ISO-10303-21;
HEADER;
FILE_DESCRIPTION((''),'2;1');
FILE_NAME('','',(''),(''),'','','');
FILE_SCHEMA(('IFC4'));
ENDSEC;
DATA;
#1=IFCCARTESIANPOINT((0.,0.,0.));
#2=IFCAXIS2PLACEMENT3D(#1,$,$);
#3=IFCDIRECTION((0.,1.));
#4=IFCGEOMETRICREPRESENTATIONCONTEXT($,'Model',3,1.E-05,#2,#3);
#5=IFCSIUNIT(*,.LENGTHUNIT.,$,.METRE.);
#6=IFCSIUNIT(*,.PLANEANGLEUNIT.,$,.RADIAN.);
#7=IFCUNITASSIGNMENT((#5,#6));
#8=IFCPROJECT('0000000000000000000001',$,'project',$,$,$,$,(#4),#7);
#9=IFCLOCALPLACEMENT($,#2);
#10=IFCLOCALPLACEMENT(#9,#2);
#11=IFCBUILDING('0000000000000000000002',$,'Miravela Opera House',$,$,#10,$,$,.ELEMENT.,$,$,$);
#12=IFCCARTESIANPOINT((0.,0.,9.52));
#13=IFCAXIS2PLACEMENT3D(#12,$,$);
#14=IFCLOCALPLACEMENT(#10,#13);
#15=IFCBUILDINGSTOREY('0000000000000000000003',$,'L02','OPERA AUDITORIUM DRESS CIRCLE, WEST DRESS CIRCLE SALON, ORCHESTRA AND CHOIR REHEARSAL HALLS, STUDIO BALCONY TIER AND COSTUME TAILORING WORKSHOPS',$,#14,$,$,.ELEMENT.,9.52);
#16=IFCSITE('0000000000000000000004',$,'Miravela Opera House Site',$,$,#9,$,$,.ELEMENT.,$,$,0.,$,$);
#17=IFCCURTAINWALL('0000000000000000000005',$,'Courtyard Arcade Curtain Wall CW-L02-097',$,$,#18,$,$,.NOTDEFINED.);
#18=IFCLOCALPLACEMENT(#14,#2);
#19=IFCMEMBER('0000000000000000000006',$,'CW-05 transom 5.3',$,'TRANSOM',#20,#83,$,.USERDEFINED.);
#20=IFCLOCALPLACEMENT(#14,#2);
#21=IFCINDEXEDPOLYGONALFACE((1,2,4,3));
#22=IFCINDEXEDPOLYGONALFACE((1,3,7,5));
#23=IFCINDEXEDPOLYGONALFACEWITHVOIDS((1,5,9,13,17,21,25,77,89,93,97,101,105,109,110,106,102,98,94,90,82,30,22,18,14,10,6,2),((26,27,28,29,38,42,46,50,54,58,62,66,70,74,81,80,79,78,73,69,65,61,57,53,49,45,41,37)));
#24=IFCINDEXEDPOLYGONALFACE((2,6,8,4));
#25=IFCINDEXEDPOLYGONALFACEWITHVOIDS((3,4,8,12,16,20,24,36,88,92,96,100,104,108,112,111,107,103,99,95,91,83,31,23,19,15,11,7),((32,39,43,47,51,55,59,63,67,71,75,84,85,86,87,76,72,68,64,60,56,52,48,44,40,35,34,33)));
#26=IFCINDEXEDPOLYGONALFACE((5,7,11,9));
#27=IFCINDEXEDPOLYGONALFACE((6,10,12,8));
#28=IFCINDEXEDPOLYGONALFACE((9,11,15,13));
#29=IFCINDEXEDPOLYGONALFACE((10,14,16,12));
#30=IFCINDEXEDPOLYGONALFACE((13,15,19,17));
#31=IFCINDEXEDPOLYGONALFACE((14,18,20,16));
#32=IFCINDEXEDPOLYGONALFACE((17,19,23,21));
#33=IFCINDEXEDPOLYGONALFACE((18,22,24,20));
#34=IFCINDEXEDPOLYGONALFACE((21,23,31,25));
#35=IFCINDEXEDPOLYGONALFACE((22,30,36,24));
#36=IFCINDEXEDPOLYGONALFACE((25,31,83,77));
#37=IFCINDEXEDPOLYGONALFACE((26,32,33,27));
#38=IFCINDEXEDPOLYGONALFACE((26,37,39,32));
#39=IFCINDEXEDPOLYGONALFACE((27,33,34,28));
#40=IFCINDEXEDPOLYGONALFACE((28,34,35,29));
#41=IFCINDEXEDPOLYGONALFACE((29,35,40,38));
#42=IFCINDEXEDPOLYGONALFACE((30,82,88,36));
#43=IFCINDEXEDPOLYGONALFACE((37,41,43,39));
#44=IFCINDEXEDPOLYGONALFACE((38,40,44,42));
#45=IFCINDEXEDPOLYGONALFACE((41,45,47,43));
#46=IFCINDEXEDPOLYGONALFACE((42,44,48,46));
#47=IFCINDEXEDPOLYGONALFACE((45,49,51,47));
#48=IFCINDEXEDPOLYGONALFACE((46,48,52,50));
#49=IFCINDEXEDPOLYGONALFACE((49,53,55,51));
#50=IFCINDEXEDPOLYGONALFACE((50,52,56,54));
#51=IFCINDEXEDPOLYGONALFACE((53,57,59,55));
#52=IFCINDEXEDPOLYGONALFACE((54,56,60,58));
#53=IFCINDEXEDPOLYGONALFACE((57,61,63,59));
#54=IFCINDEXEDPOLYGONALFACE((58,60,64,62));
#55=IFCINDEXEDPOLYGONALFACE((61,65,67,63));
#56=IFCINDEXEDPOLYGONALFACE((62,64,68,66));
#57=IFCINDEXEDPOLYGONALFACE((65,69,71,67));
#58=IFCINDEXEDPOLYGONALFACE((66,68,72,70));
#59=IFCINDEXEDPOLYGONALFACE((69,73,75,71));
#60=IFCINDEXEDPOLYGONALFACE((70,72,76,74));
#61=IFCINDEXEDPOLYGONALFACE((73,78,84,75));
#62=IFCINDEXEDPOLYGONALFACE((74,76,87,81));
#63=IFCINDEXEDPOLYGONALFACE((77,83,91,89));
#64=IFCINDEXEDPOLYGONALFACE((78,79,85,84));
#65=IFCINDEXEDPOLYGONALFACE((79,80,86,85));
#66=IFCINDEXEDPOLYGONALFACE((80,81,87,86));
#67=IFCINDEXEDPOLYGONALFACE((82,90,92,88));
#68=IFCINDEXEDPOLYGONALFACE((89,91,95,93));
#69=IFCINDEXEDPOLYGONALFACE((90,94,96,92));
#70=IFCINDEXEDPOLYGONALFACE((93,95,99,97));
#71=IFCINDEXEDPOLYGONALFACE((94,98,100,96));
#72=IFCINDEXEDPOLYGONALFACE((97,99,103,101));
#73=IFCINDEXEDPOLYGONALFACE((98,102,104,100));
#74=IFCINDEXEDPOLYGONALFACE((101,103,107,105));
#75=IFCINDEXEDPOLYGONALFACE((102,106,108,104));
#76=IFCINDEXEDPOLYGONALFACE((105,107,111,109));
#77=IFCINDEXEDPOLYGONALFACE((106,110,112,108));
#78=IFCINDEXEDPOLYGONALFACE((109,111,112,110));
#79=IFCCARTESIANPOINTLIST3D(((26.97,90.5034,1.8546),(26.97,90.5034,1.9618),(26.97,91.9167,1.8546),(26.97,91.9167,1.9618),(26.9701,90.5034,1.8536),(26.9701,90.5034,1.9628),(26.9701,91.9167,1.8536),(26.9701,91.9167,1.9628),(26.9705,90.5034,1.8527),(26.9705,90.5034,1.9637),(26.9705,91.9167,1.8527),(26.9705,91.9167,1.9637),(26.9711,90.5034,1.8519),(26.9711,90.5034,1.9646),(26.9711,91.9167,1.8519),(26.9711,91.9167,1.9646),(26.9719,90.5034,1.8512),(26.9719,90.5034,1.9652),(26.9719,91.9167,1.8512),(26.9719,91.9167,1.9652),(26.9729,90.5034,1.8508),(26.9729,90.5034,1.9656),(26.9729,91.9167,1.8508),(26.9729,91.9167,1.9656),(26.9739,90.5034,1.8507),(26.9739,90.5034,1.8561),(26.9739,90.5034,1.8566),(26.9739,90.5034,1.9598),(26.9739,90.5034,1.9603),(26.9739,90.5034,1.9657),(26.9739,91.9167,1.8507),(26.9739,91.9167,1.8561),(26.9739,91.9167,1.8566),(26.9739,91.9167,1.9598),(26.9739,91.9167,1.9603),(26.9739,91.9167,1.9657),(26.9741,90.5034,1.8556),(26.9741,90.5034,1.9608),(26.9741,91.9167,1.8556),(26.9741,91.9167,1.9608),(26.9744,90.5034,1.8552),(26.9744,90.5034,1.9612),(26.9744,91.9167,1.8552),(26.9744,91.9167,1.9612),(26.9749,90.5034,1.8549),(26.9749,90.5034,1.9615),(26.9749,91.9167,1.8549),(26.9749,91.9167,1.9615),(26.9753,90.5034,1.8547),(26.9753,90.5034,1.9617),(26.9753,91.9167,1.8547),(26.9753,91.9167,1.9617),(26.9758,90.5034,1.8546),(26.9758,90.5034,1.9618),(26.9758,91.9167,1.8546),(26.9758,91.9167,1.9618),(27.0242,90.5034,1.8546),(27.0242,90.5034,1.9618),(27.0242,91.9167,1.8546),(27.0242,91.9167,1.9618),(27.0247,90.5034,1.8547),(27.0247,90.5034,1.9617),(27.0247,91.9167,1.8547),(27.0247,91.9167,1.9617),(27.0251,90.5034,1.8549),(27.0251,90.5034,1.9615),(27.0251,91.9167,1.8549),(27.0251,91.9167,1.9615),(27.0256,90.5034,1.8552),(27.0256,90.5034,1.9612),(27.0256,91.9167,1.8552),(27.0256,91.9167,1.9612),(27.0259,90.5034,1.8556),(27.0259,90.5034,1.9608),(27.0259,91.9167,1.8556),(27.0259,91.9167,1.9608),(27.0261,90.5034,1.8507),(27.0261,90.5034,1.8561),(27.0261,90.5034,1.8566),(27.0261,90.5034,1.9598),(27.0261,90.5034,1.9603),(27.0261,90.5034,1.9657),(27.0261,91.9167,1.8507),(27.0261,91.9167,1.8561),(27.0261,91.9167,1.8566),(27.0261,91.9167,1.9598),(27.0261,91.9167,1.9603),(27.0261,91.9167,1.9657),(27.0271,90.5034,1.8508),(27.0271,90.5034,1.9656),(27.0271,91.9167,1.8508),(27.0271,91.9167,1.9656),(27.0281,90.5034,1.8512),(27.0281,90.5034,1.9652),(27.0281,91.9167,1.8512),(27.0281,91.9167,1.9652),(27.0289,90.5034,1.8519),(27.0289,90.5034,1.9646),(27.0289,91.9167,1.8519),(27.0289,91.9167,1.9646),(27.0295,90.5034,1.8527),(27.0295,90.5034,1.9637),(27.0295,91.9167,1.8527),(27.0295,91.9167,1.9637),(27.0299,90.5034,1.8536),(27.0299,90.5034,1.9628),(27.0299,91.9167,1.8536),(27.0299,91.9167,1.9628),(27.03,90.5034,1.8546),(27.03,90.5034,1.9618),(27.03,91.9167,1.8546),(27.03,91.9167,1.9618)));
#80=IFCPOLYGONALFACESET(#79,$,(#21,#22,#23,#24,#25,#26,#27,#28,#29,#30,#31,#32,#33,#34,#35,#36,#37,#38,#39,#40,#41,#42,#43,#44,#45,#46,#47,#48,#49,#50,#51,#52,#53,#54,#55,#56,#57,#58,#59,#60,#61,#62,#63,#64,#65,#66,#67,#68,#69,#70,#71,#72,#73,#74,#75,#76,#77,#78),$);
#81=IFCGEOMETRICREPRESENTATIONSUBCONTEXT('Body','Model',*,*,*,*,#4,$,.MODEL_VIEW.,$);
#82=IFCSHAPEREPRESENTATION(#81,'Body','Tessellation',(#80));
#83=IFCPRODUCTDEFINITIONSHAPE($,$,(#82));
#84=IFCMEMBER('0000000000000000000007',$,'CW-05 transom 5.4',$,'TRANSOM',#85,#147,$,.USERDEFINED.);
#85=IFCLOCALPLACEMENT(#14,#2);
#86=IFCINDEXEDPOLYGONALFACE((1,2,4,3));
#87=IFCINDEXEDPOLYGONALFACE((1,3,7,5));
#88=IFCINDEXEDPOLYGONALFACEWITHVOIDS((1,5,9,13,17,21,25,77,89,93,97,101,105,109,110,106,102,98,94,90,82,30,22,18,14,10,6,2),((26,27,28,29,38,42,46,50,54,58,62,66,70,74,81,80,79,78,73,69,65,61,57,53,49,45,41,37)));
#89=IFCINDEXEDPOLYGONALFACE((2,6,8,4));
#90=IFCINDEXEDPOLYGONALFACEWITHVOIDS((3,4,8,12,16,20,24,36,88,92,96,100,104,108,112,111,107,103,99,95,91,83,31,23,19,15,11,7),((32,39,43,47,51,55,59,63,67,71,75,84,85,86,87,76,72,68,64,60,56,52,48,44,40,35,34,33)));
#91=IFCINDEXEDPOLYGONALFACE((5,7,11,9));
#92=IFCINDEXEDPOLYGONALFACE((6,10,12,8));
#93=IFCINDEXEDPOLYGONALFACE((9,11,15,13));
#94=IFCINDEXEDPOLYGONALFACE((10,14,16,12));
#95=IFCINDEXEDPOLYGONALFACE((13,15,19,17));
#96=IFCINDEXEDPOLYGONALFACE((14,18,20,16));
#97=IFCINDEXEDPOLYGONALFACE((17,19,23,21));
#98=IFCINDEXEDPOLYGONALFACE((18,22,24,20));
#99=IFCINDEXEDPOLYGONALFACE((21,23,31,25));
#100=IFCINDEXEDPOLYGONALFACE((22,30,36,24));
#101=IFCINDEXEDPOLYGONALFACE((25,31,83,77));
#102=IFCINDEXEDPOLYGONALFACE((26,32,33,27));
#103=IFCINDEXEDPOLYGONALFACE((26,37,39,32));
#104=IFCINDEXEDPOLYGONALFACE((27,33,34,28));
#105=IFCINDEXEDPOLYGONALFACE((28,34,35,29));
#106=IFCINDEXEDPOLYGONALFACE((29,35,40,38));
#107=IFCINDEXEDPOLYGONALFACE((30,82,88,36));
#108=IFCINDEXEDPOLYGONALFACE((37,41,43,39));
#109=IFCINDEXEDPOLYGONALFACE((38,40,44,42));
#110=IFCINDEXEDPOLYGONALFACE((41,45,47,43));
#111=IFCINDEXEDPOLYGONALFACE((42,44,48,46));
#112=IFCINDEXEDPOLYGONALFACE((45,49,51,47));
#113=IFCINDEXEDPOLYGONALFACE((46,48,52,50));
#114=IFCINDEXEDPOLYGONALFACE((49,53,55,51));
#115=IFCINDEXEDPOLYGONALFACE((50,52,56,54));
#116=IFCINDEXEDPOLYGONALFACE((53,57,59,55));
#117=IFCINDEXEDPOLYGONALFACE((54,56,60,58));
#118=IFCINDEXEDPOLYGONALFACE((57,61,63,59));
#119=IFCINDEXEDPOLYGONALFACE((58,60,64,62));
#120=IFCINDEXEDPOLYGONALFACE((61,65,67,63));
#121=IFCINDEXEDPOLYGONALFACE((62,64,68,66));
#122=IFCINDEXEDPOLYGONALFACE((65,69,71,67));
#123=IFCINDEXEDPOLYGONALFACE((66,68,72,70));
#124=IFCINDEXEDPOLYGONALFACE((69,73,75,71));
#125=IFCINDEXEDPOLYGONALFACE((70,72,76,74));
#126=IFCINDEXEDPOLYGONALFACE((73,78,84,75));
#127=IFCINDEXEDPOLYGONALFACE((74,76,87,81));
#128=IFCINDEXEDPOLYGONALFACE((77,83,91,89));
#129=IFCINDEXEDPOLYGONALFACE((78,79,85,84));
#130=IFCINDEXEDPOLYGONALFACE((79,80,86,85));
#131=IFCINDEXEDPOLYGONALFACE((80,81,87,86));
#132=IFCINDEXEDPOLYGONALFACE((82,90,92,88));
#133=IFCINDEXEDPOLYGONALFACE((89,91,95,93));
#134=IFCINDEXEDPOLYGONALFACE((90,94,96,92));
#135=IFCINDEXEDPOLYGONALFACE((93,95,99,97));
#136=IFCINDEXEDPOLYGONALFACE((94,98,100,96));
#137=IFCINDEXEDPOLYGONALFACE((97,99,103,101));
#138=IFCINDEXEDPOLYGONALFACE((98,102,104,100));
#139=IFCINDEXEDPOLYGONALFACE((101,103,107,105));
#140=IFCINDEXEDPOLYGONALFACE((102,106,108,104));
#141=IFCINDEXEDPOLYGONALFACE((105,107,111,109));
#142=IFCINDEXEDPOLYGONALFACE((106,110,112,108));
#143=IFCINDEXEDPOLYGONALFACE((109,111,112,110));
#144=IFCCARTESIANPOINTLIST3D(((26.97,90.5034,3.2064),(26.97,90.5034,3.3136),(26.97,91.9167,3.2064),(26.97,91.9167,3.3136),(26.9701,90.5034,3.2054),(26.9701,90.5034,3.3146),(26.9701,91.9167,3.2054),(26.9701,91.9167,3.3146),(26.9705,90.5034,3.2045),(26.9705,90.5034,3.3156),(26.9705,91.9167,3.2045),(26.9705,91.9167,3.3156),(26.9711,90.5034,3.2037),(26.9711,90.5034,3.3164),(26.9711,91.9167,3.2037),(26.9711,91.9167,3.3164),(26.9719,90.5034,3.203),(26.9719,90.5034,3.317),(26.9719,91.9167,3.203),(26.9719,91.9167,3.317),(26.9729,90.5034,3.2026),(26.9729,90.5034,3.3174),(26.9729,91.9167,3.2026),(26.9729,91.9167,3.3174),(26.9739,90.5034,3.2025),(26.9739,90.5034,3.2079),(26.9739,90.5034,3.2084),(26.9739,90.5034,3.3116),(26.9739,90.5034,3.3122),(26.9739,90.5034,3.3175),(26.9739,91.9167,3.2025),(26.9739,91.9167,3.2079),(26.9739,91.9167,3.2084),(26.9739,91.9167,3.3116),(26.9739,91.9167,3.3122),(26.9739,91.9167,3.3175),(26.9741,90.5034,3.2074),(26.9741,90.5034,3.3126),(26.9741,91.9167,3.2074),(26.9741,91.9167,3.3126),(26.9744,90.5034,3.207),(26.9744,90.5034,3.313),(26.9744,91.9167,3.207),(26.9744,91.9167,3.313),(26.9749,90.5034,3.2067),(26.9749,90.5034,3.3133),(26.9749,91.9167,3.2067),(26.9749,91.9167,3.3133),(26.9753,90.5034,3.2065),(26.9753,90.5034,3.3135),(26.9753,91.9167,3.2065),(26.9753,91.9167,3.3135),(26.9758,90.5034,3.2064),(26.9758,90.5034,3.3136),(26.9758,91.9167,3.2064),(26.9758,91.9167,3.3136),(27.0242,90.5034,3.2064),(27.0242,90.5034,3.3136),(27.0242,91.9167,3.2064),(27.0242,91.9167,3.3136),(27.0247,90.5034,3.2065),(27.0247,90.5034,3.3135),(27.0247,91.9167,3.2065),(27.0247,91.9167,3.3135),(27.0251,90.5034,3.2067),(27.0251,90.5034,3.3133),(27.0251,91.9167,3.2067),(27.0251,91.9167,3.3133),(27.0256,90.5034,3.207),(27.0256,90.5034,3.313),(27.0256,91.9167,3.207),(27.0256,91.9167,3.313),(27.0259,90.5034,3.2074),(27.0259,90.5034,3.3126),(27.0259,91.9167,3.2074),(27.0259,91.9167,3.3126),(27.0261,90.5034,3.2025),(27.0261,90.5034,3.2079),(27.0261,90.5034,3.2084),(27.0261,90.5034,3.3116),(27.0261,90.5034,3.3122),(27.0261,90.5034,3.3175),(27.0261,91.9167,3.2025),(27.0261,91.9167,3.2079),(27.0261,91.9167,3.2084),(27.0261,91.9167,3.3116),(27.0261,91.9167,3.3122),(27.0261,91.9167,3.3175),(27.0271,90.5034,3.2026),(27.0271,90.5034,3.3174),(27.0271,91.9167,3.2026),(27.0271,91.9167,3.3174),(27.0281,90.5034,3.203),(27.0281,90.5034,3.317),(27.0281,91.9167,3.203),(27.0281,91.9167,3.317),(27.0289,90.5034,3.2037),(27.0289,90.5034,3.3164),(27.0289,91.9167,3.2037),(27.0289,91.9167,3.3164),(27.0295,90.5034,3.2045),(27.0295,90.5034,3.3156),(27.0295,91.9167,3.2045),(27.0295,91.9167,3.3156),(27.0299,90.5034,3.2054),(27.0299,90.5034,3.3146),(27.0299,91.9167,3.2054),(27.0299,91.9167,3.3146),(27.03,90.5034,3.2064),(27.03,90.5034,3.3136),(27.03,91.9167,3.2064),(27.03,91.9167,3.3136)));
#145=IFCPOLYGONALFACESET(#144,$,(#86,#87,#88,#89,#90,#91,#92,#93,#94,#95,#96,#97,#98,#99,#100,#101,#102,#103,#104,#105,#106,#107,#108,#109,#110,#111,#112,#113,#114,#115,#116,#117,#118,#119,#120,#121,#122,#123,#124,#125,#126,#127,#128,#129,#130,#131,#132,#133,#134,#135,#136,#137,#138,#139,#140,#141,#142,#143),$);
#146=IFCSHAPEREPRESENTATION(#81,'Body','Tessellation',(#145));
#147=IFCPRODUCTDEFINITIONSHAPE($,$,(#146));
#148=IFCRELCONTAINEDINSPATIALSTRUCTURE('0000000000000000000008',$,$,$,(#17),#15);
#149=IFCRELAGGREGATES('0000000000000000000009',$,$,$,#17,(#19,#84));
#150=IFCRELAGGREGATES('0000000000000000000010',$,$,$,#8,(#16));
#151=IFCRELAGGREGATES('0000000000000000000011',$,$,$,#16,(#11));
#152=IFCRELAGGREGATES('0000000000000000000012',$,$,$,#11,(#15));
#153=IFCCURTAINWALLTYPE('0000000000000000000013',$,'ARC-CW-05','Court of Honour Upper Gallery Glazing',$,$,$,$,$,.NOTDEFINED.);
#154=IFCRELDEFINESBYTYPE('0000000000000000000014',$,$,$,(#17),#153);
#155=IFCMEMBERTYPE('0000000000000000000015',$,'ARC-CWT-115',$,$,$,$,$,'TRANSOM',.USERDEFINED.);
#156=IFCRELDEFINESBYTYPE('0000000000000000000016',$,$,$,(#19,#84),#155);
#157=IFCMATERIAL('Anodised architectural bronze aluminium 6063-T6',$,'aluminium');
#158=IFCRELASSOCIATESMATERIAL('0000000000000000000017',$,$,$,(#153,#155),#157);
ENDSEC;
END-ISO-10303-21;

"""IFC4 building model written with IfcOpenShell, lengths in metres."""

from ifc_helpers import new_model, si_unit, direction, frame, origin, origin_2d, place, context, subcontext, project, spatial, hollow_rectangle, extrude, material, material_profile, profile_set, type_object, element, aggregate, save


model = new_model("IFC4")

# Units and contexts
model_context = context("Model", 3, precision=1e-05, world=origin(), true_north=direction((0.0, 1.0)))
body_context = subcontext(model_context, "Body", "Model", "MODEL_VIEW")
ifc_project = project(units=[si_unit("LENGTHUNIT", "METRE"), si_unit("PLANEANGLEUNIT", "RADIAN")], contexts=[model_context])

# Site, building, storey
site_placement = place(None, origin())
site = spatial("IfcSite", under=ifc_project, at=site_placement, Name="Miravela Opera House Site", CompositionType="ELEMENT", RefElevation=0.0)
building_placement = place(site_placement, origin())
building = spatial("IfcBuilding", under=site, at=building_placement, Name="Miravela Opera House", CompositionType="ELEMENT")
storey_placement = place(building_placement, frame((0.0, 0.0, 9.52)))
storey = spatial("IfcBuildingStorey", under=building, at=storey_placement, Name="L02", Description="OPERA AUDITORIUM DRESS CIRCLE, WEST DRESS CIRCLE SALON, ORCHESTRA AND CHOIR REHEARSAL HALLS, STUDIO BALCONY TIER AND COSTUME TAILORING WORKSHOPS", CompositionType="ELEMENT", Elevation=9.52)

# Curtain wall, members
ifc_material_1 = material(Name="Anodised architectural bronze aluminium 6063-T6", Category="aluminium")
curtain_wall_type = type_object("IfcCurtainWallType", Name="ARC-CW-05", Description="Court of Honour Upper Gallery Glazing", PredefinedType="NOTDEFINED", material=ifc_material_1)
curtain_wall_placement = place(storey_placement, origin())
curtain_wall = element("IfcCurtainWall", 1, at=curtain_wall_placement, inside=storey, type_object=curtain_wall_type, Name="Courtyard Arcade Curtain Wall CW-L02-097", PredefinedType="NOTDEFINED")
ifc_material_profile_1 = material_profile(ifc_material_1, hollow_rectangle(XDim=0.0601, YDim=0.115, WallThickness=0.0039, InnerFilletRadius=0.002, OuterFilletRadius=0.0039, at=origin_2d()), Name="CWT-60X115")
ifc_profile_set_1 = profile_set([ifc_material_profile_1])
member_type_1 = type_object("IfcMemberType", Name="ARC-CWT-115", ElementType="TRANSOM", PredefinedType="USERDEFINED", material=ifc_profile_set_1)
member_1_placement = place(storey_placement, frame((27.0, 90.5034, 1.9082), z_axis=(0.0, 1.0, 0.0), x_axis=(-1.0, 0.0, 0.0)))
member_1 = element("IfcMember", 2, at=member_1_placement, type_object=member_type_1, Name="CW-05 transom 5.3", ObjectType="TRANSOM", PredefinedType="USERDEFINED", context=body_context, shape_type="SweptSolid", body=[
    extrude(hollow_rectangle(XDim=0.0601, YDim=0.115, WallThickness=0.0039, InnerFilletRadius=0.002, OuterFilletRadius=0.0039, at=origin_2d()), origin(), (0.0, 0.0, 1.0), 1.4133),
])
member_2_placement = place(storey_placement, frame((27.0, 90.5034, 3.26), z_axis=(0.0, 1.0, 0.0), x_axis=(-1.0, 0.0, 0.0)))
member_2 = element("IfcMember", 3, at=member_2_placement, type_object=member_type_1, Name="CW-05 transom 5.4", ObjectType="TRANSOM", PredefinedType="USERDEFINED", context=body_context, shape_type="SweptSolid", body=[
    extrude(hollow_rectangle(XDim=0.0601, YDim=0.115, WallThickness=0.0039, InnerFilletRadius=0.002, OuterFilletRadius=0.0039, at=origin_2d()), origin(), (0.0, 0.0, 1.0), 1.4133),
])
aggregate(curtain_wall, [member_1, member_2])

save(model, "model.ifc")
